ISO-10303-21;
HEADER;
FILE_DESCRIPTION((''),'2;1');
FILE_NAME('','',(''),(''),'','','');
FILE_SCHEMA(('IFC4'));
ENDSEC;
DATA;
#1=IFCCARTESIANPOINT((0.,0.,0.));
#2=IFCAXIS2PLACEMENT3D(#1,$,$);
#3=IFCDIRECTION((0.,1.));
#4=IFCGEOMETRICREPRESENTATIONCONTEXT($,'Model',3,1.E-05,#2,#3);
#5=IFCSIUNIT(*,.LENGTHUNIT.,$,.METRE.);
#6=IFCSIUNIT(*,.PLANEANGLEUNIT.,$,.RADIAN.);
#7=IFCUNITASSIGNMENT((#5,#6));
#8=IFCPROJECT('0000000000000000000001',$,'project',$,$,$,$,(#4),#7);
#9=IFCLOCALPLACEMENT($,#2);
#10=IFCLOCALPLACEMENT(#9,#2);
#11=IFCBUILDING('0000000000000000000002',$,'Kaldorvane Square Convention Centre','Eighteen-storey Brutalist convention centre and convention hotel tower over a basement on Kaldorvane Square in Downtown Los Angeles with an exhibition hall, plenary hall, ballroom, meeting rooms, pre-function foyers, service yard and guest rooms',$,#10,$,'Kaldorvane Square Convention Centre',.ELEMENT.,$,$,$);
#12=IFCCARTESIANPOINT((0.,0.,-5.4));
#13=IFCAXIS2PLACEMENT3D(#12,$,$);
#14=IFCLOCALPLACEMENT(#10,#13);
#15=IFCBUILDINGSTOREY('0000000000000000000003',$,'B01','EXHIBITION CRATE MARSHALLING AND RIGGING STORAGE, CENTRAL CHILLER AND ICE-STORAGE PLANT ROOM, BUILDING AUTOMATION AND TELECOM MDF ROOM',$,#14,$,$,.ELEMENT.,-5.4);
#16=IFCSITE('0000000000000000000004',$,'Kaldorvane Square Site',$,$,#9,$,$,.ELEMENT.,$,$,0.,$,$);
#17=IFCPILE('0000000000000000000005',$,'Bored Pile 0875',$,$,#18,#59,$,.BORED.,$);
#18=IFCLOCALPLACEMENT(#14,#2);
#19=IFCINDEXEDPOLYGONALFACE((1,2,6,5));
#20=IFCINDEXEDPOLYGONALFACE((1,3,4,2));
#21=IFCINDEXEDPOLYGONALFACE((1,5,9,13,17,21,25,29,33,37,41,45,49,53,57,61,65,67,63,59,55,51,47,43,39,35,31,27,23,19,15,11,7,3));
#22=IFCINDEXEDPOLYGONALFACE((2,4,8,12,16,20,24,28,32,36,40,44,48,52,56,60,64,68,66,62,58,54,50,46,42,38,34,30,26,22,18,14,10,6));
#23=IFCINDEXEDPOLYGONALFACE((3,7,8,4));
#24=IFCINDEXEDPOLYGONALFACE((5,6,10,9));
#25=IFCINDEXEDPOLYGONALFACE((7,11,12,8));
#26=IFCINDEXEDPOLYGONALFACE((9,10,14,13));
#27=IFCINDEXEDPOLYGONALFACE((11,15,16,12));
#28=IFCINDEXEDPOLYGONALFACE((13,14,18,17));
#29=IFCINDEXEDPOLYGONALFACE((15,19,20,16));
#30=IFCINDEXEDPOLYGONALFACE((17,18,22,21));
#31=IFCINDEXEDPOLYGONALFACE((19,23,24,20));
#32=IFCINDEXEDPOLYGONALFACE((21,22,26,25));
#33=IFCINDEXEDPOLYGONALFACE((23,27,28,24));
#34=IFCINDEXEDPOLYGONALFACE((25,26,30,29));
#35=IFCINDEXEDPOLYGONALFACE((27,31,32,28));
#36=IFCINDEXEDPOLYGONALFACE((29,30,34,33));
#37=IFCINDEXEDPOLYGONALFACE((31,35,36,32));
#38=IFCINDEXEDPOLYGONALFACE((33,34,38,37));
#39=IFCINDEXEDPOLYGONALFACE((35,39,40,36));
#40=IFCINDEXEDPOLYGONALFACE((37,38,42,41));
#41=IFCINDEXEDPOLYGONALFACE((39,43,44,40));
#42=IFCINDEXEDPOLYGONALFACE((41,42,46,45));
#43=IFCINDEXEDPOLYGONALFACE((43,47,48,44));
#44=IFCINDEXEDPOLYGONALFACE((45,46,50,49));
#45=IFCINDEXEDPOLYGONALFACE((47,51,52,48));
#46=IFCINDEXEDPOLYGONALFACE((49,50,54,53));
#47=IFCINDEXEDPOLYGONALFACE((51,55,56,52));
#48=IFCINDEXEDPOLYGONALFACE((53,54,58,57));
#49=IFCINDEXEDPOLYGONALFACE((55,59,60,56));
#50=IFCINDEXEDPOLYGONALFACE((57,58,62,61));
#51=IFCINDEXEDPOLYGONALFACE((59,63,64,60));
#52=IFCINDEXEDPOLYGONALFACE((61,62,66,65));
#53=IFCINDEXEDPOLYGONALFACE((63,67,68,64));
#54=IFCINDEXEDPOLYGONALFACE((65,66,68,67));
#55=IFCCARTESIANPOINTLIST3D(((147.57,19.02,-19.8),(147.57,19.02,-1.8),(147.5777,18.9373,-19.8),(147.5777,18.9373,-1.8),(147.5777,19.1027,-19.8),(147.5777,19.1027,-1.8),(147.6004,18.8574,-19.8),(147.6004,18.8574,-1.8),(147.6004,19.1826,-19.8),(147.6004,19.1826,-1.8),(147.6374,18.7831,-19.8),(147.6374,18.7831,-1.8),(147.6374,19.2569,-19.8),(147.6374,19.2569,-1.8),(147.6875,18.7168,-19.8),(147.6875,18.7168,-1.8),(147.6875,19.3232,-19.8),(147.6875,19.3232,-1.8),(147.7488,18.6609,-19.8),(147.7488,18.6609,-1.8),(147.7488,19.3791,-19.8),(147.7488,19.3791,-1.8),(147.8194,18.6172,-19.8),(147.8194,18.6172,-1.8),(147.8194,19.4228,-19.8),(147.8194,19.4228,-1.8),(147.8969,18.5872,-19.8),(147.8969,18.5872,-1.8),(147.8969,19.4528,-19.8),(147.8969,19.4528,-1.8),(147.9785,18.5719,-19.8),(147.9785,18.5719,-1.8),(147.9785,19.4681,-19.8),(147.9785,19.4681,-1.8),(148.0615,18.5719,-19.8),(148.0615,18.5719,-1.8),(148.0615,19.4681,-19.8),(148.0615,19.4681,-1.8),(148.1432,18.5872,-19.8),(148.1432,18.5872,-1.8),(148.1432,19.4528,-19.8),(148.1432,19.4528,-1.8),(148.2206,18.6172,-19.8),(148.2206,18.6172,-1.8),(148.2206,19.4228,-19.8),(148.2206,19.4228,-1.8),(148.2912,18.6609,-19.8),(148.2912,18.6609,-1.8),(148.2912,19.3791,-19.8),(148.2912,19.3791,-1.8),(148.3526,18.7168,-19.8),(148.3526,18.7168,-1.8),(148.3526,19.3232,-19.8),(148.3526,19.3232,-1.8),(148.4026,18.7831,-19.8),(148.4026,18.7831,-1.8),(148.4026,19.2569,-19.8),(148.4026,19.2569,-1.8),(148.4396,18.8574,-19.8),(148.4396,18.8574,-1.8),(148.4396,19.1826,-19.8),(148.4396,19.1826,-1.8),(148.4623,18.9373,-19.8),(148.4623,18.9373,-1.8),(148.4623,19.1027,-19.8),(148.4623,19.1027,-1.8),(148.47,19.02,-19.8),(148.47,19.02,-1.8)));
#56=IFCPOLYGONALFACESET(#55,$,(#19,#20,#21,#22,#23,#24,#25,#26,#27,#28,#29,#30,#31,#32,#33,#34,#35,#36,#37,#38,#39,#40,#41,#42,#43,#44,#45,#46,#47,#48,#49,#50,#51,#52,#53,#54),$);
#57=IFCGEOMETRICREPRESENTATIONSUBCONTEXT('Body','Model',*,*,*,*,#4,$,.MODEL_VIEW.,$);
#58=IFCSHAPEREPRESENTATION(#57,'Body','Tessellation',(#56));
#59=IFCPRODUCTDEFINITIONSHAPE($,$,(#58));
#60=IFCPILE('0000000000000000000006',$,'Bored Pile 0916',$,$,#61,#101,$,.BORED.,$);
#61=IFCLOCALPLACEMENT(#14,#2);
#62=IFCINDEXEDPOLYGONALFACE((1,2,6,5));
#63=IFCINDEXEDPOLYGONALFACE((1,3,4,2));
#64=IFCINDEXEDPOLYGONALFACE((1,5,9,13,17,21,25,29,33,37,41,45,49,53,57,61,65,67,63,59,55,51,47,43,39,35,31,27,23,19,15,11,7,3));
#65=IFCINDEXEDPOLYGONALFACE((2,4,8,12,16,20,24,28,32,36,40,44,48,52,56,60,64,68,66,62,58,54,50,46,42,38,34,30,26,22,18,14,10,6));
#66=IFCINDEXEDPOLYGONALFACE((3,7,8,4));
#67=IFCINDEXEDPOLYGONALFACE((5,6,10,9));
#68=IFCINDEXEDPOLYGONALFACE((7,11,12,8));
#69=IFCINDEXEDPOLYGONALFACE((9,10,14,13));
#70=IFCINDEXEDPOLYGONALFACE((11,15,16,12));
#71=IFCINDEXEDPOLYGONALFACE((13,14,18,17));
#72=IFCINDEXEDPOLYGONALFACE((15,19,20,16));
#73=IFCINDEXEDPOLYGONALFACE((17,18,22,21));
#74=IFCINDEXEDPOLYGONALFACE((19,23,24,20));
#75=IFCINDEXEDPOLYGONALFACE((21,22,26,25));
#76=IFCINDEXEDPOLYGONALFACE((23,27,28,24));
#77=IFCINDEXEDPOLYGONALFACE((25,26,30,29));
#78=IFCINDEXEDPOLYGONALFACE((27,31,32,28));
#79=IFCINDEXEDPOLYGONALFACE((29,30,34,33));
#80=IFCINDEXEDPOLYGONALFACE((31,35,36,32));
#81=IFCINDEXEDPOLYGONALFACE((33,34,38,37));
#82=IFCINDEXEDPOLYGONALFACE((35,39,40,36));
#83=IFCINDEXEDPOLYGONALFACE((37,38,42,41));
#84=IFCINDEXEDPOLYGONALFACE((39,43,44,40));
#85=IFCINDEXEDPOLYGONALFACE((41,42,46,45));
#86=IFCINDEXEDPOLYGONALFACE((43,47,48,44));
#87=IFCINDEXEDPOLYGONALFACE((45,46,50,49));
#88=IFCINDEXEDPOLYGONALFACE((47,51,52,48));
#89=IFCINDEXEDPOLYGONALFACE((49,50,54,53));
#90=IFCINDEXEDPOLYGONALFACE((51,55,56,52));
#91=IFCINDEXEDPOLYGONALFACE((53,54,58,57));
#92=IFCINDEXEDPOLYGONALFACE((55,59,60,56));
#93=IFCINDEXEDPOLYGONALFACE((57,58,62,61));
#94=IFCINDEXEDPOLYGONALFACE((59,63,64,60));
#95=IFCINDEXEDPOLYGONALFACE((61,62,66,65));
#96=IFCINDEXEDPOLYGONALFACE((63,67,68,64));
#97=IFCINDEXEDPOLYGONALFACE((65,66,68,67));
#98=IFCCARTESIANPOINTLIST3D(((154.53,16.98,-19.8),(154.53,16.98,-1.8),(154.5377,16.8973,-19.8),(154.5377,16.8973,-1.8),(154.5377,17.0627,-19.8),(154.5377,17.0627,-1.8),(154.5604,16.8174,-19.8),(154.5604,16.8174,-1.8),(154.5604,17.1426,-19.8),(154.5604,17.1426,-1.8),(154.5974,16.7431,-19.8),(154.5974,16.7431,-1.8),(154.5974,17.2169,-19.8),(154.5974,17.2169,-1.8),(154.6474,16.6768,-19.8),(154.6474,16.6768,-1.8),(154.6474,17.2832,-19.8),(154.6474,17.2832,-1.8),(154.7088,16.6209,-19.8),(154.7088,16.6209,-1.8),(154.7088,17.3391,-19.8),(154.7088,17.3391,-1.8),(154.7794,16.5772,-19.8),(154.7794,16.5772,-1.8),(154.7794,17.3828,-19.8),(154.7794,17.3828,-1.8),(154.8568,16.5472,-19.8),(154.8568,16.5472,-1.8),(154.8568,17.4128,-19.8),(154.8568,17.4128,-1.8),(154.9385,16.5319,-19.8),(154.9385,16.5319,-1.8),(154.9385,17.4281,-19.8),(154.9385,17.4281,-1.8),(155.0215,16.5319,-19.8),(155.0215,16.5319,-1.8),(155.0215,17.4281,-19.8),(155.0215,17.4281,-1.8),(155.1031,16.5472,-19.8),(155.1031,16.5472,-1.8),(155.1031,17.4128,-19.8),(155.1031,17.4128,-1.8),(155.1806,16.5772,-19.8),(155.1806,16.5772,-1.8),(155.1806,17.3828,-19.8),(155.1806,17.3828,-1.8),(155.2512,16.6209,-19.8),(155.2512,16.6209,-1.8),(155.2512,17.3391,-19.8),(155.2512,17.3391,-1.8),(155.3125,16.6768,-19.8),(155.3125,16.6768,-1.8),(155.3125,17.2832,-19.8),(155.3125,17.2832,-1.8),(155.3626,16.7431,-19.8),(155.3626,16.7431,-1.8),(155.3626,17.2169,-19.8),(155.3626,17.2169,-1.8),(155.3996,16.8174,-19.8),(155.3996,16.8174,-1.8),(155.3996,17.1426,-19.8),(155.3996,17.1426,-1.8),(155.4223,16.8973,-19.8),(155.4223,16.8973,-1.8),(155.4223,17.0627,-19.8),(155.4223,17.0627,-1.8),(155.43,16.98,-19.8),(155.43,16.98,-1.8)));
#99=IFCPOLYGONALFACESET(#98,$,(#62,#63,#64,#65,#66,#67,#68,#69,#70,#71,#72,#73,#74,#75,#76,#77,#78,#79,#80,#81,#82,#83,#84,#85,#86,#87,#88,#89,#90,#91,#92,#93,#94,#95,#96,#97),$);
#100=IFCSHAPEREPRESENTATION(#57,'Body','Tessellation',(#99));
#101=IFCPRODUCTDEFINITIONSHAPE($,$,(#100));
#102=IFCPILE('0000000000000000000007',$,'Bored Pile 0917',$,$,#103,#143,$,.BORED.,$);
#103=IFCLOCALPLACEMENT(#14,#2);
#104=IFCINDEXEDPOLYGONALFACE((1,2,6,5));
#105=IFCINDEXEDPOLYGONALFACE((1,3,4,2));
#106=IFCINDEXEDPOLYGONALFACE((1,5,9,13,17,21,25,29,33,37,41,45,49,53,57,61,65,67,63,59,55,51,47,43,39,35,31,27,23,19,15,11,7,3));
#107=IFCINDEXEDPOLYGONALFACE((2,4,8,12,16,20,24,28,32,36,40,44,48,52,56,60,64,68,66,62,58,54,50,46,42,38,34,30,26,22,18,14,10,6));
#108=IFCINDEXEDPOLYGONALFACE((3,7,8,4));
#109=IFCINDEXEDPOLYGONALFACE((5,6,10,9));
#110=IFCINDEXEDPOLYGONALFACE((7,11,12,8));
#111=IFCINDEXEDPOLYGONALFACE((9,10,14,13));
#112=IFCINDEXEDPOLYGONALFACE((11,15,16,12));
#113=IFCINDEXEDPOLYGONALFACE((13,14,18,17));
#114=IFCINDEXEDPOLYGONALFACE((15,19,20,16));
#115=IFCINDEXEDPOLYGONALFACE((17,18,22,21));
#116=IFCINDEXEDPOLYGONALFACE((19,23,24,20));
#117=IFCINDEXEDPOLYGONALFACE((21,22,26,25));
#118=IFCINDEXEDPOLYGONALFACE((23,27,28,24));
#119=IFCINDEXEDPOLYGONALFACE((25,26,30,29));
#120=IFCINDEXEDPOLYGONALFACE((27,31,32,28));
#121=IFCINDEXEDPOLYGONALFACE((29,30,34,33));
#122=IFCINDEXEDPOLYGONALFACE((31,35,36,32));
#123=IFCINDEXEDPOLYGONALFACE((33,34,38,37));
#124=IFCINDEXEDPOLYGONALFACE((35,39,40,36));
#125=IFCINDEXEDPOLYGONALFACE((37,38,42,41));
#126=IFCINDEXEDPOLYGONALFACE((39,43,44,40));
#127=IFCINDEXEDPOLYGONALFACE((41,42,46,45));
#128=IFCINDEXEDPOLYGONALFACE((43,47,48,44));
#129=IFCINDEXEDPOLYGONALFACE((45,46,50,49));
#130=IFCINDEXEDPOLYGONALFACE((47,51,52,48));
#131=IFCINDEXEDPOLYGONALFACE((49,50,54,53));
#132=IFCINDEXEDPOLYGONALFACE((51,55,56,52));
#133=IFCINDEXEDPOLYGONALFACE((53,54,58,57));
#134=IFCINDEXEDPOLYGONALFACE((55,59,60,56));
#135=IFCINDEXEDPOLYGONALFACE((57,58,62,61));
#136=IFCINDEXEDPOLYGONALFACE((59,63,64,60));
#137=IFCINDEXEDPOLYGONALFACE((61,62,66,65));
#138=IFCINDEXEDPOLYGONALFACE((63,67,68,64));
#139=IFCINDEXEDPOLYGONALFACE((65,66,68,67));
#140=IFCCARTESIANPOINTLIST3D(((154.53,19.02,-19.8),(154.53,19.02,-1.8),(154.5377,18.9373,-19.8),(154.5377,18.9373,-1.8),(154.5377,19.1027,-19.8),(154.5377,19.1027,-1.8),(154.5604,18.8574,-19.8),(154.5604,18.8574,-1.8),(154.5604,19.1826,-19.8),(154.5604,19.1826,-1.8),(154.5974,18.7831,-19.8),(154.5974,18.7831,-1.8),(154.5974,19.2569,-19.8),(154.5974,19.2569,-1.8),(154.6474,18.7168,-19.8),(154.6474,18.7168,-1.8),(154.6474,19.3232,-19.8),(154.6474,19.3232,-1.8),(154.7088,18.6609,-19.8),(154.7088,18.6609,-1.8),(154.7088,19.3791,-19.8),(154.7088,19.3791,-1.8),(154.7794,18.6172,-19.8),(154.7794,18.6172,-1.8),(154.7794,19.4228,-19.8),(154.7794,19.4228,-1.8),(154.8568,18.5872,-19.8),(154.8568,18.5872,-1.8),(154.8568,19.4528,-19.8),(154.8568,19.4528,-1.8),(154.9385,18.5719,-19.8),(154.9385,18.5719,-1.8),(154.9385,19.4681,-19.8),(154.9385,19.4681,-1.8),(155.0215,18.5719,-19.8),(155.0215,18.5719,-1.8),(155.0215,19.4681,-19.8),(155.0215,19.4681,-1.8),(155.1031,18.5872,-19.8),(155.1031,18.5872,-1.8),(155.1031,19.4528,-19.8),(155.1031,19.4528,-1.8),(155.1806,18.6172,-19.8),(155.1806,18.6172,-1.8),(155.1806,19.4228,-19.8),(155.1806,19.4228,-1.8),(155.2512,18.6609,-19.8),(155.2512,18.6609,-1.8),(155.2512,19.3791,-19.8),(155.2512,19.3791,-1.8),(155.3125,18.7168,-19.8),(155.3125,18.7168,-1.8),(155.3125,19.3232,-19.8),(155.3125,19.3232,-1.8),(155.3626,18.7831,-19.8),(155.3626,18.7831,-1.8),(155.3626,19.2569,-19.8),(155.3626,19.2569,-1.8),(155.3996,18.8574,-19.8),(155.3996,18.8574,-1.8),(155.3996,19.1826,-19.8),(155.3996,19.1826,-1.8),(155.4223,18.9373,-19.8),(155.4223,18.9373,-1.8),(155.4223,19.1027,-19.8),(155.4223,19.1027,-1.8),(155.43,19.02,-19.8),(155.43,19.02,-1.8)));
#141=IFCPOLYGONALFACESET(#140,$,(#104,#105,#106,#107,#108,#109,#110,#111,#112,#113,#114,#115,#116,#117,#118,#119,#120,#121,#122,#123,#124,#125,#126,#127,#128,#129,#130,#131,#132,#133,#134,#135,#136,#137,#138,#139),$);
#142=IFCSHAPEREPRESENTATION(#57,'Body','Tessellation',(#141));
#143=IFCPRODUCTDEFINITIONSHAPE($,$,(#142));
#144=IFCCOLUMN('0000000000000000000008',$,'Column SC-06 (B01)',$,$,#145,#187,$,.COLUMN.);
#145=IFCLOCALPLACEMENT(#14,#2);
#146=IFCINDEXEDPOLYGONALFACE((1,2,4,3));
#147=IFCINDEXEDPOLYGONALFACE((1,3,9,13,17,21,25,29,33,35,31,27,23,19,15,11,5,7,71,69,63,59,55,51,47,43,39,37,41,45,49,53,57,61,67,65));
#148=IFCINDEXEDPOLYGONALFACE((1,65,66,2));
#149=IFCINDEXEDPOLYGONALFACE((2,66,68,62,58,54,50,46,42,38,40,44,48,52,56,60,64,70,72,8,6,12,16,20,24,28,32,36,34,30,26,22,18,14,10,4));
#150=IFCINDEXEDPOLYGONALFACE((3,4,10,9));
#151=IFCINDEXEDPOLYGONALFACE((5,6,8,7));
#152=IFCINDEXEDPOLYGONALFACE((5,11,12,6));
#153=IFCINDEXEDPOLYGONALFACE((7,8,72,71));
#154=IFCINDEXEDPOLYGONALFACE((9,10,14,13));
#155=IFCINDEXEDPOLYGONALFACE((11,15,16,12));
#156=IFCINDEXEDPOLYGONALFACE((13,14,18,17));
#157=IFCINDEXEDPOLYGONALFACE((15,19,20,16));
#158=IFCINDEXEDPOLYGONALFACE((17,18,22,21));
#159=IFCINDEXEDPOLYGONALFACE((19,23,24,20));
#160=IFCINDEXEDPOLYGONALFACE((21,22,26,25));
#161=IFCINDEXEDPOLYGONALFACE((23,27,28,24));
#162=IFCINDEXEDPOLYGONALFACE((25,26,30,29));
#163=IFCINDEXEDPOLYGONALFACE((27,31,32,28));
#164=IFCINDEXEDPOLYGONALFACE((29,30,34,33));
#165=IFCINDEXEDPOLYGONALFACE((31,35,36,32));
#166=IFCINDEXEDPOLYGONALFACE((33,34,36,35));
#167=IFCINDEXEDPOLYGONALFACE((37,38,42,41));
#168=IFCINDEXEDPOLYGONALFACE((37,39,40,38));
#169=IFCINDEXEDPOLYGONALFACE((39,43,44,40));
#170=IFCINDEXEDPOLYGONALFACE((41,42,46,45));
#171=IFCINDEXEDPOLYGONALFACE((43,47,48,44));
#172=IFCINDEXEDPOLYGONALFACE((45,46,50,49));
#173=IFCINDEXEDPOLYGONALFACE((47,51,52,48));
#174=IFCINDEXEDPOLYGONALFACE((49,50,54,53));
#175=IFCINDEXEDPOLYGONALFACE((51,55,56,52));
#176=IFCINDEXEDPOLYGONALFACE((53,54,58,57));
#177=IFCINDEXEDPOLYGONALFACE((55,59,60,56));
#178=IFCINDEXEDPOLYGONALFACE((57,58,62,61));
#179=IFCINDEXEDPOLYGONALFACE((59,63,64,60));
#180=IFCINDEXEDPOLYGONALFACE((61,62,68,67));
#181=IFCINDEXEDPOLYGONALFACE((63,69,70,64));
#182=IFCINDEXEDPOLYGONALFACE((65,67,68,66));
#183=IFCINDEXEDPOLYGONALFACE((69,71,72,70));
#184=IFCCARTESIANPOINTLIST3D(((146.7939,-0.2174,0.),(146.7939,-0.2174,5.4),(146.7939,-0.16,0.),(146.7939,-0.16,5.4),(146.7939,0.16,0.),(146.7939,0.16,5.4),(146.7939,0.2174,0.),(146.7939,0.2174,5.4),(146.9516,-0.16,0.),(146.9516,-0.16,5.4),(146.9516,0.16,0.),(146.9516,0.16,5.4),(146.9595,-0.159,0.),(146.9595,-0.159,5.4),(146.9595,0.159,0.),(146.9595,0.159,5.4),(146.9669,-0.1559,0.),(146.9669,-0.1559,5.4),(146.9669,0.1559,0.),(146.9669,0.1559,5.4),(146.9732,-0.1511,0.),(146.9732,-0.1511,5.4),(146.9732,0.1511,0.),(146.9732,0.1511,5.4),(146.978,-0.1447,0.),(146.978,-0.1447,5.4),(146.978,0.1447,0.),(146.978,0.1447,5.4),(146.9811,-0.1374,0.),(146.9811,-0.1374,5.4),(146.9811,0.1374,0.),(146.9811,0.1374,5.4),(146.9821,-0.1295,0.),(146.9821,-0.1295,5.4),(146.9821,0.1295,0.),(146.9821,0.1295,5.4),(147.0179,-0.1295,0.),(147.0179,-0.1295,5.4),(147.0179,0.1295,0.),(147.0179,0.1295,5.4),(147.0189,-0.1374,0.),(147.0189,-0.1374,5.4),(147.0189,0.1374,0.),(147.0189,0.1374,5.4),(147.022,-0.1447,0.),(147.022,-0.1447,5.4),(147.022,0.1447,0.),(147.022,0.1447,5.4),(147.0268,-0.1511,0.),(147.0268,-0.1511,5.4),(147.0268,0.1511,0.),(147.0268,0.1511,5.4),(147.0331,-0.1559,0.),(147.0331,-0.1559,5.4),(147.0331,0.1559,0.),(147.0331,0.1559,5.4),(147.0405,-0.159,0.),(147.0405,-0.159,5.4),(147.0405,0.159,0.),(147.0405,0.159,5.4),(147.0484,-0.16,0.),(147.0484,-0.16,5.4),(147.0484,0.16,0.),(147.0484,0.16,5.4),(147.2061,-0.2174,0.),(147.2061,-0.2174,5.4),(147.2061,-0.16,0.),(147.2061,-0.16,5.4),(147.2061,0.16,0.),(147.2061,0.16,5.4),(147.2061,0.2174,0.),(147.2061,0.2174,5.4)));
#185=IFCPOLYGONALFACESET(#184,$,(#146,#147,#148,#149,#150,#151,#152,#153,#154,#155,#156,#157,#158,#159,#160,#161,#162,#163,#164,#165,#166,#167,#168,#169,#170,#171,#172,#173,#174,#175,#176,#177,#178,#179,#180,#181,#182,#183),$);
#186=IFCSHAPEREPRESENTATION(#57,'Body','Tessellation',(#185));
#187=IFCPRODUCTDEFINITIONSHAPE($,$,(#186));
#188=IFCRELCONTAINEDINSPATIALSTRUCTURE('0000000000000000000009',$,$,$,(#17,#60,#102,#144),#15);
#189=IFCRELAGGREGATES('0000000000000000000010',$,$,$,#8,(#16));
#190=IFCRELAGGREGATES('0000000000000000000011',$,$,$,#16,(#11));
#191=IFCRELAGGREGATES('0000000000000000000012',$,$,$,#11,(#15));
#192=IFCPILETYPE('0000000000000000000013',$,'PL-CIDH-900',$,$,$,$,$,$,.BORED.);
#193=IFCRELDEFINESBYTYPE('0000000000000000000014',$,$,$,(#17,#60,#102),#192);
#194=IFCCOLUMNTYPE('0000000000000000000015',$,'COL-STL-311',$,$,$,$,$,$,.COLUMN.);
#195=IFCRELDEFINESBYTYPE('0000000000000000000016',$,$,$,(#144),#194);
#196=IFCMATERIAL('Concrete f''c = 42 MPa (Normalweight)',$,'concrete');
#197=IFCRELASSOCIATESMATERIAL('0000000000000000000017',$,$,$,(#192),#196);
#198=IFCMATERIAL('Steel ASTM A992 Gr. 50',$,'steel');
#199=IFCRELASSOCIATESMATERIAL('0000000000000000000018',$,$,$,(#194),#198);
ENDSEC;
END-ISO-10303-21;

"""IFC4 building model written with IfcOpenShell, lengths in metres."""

from ifc_helpers import new_model, si_unit, direction, frame, origin, origin_2d, place, context, subcontext, project, spatial, circle, i_section, extrude, material, material_profile, profile_set, type_object, element, save


model = new_model("IFC4")

# Units and contexts
model_context = context("Model", 3, precision=1e-05, world=origin(), true_north=direction((0.0, 1.0)))
body_context = subcontext(model_context, "Body", "Model", "MODEL_VIEW")
ifc_project = project(units=[si_unit("LENGTHUNIT", "METRE"), si_unit("PLANEANGLEUNIT", "RADIAN")], contexts=[model_context])

# Site, building, storey
site_placement = place(None, origin())
site = spatial("IfcSite", under=ifc_project, at=site_placement, Name="Kaldorvane Square Site", CompositionType="ELEMENT", RefElevation=0.0)
building_placement = place(site_placement, origin())
building = spatial("IfcBuilding", under=site, at=building_placement, Name="Kaldorvane Square Convention Centre", Description="Eighteen-storey Brutalist convention centre and convention hotel tower over a basement on Kaldorvane Square in Downtown Los Angeles with an exhibition hall, plenary hall, ballroom, meeting rooms, pre-function foyers, service yard and guest rooms", LongName="Kaldorvane Square Convention Centre", CompositionType="ELEMENT")
storey_placement = place(building_placement, frame((0.0, 0.0, -5.4)))
storey = spatial("IfcBuildingStorey", under=building, at=storey_placement, Name="B01", Description="EXHIBITION CRATE MARSHALLING AND RIGGING STORAGE, CENTRAL CHILLER AND ICE-STORAGE PLANT ROOM, BUILDING AUTOMATION AND TELECOM MDF ROOM", CompositionType="ELEMENT", Elevation=-5.4)

# Shared definitions
ifc_material_1 = material(Name="Concrete f'c = 42 MPa (Normalweight)", Category="concrete")

# Piles
ifc_material_profile_1 = material_profile(ifc_material_1, circle(Radius=0.45, at=origin_2d()), Name="PILE-D900")
ifc_profile_set_1 = profile_set([ifc_material_profile_1], Name="Concrete f'c = 42 MPa (Normalweight)")
pile_type_1 = type_object("IfcPileType", Name="PL-CIDH-900", PredefinedType="BORED", material=ifc_profile_set_1)
for number, where, z_axis, x_axis, name in (
    (1, (148.02, 19.02, -1.8), (0.0, 0.0, -1.0), (1.0, 0.0, 0.0), "Bored Pile 0875"),
    (2, (154.98, 16.98, -1.8), (0.0, 0.0, -1.0), (1.0, 0.0, 0.0), "Bored Pile 0916"),
    (3, (154.98, 19.02, -1.8), (0.0, 0.0, -1.0), (1.0, 0.0, 0.0), "Bored Pile 0917"),
):
    element("IfcPile", number, at=place(storey_placement, frame(where, z_axis=z_axis, x_axis=x_axis)), inside=storey, type_object=pile_type_1, Name=name, PredefinedType="BORED", context=body_context, shape_type="SweptSolid", body=[
        extrude(circle(Radius=0.45, at=origin_2d()), origin(), (0.0, 0.0, 1.0), 18.0),
    ])

# Column
ifc_material_2 = material(Name="Steel ASTM A992 Gr. 50", Category="steel")
ifc_material_profile_2 = material_profile(ifc_material_2, i_section(OverallWidth=0.4122, OverallDepth=0.4348, WebThickness=0.0358, FlangeThickness=0.0574, FilletRadius=0.0305, at=origin_2d()), Name="W14X311")
ifc_profile_set_2 = profile_set([ifc_material_profile_2], Name="Steel ASTM A992 Gr. 50")
column_type = type_object("IfcColumnType", Name="COL-STL-311", PredefinedType="COLUMN", material=ifc_profile_set_2)
for number, where, z_axis, x_axis, name in (
    (4, (147.0, 0.0, 0.0), (0.0, 0.0, 1.0), (1.0, 0.0, 0.0), "Column SC-06 (B01)"),
):
    element("IfcColumn", number, at=place(storey_placement, frame(where, z_axis=z_axis, x_axis=x_axis)), inside=storey, type_object=column_type, Name=name, PredefinedType="COLUMN", context=body_context, shape_type="SweptSolid", body=[
        extrude(i_section(OverallWidth=0.4122, OverallDepth=0.4348, WebThickness=0.0358, FlangeThickness=0.0574, FilletRadius=0.0305, at=origin_2d()), origin(), (0.0, 0.0, 1.0), 5.4),
    ])

save(model, "model.ifc")
